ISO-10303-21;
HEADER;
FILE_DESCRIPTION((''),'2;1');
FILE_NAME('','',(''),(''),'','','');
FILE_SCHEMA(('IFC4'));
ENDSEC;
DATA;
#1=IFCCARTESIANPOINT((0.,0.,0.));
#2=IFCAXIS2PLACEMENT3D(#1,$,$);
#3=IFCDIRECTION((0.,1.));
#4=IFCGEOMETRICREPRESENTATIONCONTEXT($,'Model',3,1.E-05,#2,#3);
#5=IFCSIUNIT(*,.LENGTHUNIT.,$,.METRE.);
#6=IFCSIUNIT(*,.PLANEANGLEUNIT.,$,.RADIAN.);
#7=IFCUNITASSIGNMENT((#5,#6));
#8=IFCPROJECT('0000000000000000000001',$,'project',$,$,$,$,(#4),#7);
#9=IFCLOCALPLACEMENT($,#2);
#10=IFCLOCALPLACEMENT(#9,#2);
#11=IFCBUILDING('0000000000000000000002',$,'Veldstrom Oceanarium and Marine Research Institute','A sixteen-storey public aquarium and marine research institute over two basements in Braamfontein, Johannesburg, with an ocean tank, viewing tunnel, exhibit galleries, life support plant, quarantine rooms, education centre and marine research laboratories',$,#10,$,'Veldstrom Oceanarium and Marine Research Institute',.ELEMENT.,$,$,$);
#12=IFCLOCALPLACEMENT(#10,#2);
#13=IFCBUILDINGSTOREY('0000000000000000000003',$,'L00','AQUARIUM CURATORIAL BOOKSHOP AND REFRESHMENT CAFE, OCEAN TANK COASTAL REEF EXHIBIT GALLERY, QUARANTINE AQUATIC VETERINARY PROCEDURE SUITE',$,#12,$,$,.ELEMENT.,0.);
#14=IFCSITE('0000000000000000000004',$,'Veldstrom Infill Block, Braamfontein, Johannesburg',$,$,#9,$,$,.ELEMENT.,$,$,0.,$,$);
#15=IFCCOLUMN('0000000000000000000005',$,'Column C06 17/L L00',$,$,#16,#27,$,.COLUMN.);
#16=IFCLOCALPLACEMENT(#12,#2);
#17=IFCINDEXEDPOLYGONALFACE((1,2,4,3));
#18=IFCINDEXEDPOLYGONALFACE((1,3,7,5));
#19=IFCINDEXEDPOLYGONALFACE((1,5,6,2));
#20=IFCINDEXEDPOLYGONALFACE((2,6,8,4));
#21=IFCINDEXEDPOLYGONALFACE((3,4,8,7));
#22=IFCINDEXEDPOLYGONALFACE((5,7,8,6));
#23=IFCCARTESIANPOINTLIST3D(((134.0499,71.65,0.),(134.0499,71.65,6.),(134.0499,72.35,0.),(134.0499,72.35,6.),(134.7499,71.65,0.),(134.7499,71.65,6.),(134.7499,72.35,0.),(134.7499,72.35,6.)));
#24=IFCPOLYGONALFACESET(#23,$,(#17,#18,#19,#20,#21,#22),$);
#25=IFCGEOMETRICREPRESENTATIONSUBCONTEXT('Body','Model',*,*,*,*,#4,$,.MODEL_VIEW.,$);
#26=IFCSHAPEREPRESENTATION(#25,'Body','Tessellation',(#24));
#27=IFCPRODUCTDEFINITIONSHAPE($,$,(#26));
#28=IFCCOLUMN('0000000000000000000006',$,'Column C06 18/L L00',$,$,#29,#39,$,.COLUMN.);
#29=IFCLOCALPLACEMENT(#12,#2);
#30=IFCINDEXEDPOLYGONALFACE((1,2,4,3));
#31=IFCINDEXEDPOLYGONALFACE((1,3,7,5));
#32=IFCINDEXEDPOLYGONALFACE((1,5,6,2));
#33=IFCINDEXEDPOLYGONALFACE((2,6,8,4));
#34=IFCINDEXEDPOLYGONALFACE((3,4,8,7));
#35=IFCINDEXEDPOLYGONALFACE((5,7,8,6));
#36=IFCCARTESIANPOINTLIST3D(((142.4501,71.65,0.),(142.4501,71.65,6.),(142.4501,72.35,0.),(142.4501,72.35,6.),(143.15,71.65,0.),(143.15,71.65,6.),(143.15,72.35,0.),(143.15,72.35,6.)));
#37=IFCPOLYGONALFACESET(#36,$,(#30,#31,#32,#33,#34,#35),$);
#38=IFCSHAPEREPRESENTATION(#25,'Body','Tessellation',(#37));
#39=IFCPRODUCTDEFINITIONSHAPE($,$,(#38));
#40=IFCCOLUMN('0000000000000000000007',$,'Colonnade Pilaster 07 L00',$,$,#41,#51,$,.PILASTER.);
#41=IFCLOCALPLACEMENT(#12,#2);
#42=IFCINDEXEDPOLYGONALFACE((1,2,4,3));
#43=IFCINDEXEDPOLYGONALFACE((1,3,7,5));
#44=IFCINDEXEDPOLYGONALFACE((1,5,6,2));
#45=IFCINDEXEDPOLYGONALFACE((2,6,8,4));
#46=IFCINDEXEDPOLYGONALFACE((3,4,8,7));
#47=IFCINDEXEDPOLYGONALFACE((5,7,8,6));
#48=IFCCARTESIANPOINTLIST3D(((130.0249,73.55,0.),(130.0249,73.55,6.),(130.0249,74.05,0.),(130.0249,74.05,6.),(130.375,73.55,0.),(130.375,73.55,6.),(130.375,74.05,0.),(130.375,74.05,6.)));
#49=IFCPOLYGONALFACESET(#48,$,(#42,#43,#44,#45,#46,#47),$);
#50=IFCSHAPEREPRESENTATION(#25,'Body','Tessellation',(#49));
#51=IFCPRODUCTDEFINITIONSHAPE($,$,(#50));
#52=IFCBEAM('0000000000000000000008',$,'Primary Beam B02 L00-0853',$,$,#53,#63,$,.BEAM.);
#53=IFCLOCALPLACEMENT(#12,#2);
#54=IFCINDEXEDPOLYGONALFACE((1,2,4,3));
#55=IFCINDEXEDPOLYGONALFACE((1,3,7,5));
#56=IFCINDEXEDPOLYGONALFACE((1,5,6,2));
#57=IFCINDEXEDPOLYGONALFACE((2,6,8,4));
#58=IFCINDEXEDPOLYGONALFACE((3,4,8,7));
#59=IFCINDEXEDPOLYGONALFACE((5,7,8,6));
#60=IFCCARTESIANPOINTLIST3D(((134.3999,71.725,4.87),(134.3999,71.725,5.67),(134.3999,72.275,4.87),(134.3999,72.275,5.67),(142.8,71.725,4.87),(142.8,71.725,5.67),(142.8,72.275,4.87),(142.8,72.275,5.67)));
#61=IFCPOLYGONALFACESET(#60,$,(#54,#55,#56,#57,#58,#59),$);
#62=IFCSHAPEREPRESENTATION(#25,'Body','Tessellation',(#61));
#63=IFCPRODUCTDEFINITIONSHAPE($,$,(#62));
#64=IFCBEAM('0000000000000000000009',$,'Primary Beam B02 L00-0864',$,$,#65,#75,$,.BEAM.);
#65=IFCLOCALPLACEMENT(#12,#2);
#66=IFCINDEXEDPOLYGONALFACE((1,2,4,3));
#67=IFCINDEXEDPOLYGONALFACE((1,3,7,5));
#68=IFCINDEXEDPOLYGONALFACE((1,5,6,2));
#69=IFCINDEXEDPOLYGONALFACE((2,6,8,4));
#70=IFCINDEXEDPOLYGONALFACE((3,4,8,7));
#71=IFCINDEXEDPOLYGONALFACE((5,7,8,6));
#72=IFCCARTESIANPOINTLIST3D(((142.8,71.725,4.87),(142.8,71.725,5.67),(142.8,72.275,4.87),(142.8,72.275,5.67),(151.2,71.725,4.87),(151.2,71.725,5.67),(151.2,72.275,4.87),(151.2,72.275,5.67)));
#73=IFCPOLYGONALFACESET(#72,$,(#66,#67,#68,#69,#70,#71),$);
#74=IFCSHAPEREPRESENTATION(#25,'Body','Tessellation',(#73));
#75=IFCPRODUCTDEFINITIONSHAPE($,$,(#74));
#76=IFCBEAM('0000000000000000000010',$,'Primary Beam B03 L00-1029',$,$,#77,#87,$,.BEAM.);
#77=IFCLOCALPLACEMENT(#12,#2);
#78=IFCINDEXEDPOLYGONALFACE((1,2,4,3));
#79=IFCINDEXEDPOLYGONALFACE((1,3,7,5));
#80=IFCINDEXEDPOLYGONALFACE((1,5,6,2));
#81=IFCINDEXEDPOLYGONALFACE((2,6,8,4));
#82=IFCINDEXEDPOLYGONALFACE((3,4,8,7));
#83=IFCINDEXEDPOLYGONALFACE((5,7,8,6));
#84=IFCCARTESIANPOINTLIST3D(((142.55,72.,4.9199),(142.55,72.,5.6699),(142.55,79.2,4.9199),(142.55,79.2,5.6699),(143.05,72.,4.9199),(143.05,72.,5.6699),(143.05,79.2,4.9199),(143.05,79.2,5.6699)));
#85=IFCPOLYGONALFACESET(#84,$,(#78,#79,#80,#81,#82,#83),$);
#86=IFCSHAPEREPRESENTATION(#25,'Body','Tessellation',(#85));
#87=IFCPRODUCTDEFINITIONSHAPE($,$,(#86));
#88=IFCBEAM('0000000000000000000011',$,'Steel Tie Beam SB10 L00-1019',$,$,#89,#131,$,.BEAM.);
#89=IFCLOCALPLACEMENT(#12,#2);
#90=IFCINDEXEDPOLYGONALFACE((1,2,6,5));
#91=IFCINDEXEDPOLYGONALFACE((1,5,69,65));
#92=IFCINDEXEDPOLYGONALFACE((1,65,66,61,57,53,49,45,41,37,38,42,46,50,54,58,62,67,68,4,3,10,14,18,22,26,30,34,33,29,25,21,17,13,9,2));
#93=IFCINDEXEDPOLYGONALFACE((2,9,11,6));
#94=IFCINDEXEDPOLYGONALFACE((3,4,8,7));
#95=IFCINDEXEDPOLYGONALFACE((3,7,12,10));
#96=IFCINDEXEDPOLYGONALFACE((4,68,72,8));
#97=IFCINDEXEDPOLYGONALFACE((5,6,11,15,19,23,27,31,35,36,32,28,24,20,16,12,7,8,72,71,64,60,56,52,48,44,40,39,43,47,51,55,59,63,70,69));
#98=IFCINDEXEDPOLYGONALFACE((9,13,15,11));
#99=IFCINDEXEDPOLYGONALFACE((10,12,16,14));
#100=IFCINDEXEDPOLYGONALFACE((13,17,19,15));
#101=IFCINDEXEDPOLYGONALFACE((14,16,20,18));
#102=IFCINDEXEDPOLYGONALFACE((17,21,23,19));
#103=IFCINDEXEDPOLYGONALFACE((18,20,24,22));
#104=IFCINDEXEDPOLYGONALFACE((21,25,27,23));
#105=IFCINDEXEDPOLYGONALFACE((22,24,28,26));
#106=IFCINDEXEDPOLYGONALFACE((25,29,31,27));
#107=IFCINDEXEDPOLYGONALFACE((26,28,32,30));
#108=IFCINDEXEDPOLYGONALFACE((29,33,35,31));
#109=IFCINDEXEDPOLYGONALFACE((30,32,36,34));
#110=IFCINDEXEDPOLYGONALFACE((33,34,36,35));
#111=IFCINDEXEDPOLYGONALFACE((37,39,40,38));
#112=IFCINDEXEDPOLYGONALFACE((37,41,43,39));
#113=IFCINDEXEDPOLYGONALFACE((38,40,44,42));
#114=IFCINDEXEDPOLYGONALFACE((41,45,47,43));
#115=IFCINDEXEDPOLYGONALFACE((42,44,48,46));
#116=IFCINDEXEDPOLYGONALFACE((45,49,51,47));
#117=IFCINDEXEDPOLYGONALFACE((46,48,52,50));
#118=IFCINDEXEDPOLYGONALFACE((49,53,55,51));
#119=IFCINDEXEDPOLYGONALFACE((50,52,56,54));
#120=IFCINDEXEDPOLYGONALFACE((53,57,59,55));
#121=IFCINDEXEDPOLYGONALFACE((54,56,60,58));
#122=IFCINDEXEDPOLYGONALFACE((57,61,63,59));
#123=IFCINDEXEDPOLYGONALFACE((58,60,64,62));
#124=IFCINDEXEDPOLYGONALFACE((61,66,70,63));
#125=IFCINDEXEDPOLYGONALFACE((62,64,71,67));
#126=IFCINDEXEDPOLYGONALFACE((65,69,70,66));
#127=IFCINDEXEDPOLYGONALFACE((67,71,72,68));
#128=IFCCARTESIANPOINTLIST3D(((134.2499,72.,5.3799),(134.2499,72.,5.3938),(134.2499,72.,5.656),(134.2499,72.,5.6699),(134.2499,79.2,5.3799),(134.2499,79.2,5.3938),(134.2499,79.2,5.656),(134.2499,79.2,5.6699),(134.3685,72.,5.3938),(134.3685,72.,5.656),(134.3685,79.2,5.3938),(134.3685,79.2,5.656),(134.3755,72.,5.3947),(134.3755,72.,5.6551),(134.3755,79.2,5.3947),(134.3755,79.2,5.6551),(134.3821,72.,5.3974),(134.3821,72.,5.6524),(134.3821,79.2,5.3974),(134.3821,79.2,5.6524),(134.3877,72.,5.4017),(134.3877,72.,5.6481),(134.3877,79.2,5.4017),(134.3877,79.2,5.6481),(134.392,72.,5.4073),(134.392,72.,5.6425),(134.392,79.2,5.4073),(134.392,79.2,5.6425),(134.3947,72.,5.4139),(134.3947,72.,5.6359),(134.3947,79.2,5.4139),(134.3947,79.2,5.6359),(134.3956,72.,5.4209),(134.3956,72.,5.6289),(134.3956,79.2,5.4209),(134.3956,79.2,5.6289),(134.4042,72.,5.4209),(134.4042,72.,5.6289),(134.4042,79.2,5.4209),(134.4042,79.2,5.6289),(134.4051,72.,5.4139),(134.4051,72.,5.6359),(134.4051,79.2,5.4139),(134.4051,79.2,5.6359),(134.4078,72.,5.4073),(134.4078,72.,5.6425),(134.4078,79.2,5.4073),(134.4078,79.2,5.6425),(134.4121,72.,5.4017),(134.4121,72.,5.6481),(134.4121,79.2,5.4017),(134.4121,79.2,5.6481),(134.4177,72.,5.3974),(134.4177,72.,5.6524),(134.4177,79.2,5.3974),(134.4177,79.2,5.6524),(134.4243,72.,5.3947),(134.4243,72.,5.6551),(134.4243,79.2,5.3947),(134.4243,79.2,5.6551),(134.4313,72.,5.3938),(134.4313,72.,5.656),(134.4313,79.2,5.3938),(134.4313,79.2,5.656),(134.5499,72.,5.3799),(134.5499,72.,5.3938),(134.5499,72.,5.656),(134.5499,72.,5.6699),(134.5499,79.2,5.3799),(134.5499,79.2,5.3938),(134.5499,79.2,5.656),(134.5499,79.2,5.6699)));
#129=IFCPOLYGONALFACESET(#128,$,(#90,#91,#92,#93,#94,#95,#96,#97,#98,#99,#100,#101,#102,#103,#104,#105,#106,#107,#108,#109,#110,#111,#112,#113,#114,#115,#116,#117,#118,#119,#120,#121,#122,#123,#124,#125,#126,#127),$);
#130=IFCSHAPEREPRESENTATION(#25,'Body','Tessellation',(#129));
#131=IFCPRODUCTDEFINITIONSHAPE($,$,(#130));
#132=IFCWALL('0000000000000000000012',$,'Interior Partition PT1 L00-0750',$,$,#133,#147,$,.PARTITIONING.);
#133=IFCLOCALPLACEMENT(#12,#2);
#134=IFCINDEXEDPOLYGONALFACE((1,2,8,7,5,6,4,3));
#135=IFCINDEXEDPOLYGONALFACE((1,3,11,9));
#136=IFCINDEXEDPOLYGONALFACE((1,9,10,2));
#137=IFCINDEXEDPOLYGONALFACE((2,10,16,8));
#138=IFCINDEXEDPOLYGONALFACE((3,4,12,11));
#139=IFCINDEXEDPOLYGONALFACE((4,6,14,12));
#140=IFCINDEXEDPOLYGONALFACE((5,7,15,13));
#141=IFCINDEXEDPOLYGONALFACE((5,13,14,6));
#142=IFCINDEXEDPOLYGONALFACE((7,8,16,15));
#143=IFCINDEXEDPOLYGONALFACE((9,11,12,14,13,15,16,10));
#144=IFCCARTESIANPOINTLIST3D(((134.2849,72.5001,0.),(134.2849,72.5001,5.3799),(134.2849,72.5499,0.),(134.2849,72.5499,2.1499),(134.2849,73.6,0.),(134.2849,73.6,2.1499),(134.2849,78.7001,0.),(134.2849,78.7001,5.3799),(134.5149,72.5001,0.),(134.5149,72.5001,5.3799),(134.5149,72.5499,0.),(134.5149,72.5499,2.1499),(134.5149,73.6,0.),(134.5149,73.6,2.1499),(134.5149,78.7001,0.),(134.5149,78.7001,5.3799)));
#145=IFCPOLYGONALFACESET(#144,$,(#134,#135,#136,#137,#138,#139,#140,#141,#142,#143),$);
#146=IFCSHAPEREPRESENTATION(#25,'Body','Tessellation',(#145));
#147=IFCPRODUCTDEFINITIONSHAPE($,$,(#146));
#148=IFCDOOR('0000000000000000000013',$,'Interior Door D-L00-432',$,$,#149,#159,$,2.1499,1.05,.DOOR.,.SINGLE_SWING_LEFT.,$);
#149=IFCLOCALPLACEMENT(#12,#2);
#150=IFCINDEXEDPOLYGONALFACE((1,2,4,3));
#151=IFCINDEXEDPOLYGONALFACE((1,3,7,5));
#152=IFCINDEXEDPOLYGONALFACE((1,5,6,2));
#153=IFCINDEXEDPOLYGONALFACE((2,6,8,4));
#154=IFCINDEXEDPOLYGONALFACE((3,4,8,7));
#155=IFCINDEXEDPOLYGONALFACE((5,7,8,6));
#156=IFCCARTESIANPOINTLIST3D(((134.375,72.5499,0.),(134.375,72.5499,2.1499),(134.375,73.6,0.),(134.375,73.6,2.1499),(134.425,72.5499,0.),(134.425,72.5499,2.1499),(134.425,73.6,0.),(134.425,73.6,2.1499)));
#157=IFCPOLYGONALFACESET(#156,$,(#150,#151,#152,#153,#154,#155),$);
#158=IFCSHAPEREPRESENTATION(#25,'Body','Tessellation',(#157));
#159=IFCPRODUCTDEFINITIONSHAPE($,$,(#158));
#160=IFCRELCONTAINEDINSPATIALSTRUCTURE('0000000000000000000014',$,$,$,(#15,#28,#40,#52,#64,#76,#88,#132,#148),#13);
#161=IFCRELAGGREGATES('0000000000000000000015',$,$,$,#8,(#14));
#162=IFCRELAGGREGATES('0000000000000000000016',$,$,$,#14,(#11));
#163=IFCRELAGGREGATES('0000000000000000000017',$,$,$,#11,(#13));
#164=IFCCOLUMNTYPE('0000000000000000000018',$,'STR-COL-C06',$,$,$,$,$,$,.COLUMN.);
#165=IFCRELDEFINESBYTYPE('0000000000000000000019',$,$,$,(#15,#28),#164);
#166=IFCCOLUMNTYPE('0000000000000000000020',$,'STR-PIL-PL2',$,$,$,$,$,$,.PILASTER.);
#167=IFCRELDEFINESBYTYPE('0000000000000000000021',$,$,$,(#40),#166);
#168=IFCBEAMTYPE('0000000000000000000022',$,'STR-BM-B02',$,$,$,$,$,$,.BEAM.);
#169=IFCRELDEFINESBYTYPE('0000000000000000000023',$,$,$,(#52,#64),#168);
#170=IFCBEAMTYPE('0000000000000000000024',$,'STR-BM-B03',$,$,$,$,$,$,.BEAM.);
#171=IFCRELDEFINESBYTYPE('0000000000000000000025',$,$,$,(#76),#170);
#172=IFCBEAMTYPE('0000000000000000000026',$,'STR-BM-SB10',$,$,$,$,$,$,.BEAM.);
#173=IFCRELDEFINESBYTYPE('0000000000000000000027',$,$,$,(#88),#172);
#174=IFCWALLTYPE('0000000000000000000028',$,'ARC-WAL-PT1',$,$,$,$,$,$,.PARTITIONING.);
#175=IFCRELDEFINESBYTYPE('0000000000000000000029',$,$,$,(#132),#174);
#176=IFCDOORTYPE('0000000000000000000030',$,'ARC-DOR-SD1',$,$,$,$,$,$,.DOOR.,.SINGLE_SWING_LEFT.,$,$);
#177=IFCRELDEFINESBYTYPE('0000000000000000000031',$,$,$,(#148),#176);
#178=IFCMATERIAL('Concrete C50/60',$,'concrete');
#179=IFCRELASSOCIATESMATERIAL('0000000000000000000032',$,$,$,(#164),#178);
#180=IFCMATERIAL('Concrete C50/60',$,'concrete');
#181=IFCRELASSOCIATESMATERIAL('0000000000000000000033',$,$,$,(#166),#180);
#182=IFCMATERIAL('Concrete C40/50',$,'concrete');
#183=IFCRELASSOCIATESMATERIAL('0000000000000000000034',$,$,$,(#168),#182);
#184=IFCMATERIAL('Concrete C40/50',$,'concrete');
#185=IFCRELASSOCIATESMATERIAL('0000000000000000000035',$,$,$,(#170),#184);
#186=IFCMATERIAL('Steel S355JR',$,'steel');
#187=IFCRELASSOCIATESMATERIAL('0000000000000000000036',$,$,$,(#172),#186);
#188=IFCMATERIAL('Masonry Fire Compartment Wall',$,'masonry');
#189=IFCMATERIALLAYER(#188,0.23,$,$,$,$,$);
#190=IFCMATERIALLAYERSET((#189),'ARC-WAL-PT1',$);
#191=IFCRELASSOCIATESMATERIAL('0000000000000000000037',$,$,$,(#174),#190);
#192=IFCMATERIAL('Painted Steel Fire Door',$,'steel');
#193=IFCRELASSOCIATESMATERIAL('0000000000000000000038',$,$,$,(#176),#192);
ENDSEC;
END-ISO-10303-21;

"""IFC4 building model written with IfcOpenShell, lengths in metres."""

from ifc_helpers import new_model, si_unit, direction, frame, frame_2d, origin, origin_2d, place, context, subcontext, project, spatial, rectangle, i_section, extrude, material, layer, layer_set, material_profile, profile_set, type_object, element, fill, save


model = new_model("IFC4")

# Units and contexts
model_context = context("Model", 3, precision=1e-05, world=origin(), true_north=direction((0.0, 1.0)))
body_context = subcontext(model_context, "Body", "Model", "MODEL_VIEW")
ifc_project = project(units=[si_unit("LENGTHUNIT", "METRE"), si_unit("PLANEANGLEUNIT", "RADIAN")], contexts=[model_context])

# Site, building, storey
site_placement = place(None, origin())
site = spatial("IfcSite", under=ifc_project, at=site_placement, Name="Veldstrom Infill Block, Braamfontein, Johannesburg", CompositionType="ELEMENT", RefElevation=0.0)
building_placement = place(site_placement, origin())
building = spatial("IfcBuilding", under=site, at=building_placement, Name="Veldstrom Oceanarium and Marine Research Institute", Description="A sixteen-storey public aquarium and marine research institute over two basements in Braamfontein, Johannesburg, with an ocean tank, viewing tunnel, exhibit galleries, life support plant, quarantine rooms, education centre and marine research laboratories", LongName="Veldstrom Oceanarium and Marine Research Institute", CompositionType="ELEMENT")
storey_placement = place(building_placement, origin())
storey = spatial("IfcBuildingStorey", under=building, at=storey_placement, Name="L00", Description="AQUARIUM CURATORIAL BOOKSHOP AND REFRESHMENT CAFE, OCEAN TANK COASTAL REEF EXHIBIT GALLERY, QUARANTINE AQUATIC VETERINARY PROCEDURE SUITE", CompositionType="ELEMENT", Elevation=0.0)

# Columns
ifc_material_1 = material(Name="Concrete C50/60", Category="concrete")
ifc_material_profile_1 = material_profile(ifc_material_1, rectangle(XDim=0.7, YDim=0.7, at=origin_2d()), Name="RC-COL-700x700")
ifc_profile_set_1 = profile_set([ifc_material_profile_1], Name="Concrete C50/60")
column_type_1 = type_object("IfcColumnType", Name="STR-COL-C06", PredefinedType="COLUMN", material=ifc_profile_set_1)
for number, where, z_axis, x_axis, name in (
    (1, (134.3999, 72.0, 0.0), (0.0, 0.0, 1.0), (1.0, 0.0, 0.0), "Column C06 17/L L00"),
    (2, (142.8, 72.0, 0.0), (0.0, 0.0, 1.0), (1.0, 0.0, 0.0), "Column C06 18/L L00"),
):
    element("IfcColumn", number, at=place(storey_placement, frame(where, z_axis=z_axis, x_axis=x_axis)), inside=storey, type_object=column_type_1, Name=name, PredefinedType="COLUMN", context=body_context, shape_type="SweptSolid", body=[
        extrude(rectangle(XDim=0.7, YDim=0.7, at=origin_2d()), origin(), (0.0, 0.0, 1.0), 6.0),
    ])
ifc_material_2 = material(Name="Concrete C50/60", Category="concrete")
ifc_material_profile_2 = material_profile(ifc_material_2, rectangle(XDim=0.3501, YDim=0.5, at=origin_2d()), Name="RC-PIL-500x350")
ifc_profile_set_2 = profile_set([ifc_material_profile_2], Name="Concrete C50/60")
column_type_2 = type_object("IfcColumnType", Name="STR-PIL-PL2", PredefinedType="PILASTER", material=ifc_profile_set_2)
column_placement = place(storey_placement, frame((130.2, 73.8, 0.0), z_axis=(0.0, 0.0, 1.0), x_axis=(1.0, 0.0, 0.0)))
element("IfcColumn", 3, at=column_placement, inside=storey, type_object=column_type_2, Name="Colonnade Pilaster 07 L00", PredefinedType="PILASTER", context=body_context, shape_type="SweptSolid", body=[
    extrude(rectangle(XDim=0.3501, YDim=0.5, at=origin_2d()), origin(), (0.0, 0.0, 1.0), 6.0),
])

# Beams
ifc_material_3 = material(Name="Concrete C40/50", Category="concrete")
ifc_material_profile_3 = material_profile(ifc_material_3, rectangle(XDim=0.55, YDim=0.8, at=origin_2d()), Name="RC-BM-550x800")
ifc_profile_set_3 = profile_set([ifc_material_profile_3], Name="Concrete C40/50")
beam_type_1 = type_object("IfcBeamType", Name="STR-BM-B02", PredefinedType="BEAM", material=ifc_profile_set_3)
beam_1_placement = place(storey_placement, frame((134.3999, 72.0, 5.27), z_axis=(1.0, 0.0, 0.0), x_axis=(0.0, 1.0, 0.0)))
element("IfcBeam", 4, at=beam_1_placement, inside=storey, type_object=beam_type_1, Name="Primary Beam B02 L00-0853", PredefinedType="BEAM", context=body_context, shape_type="SweptSolid", body=[
    extrude(rectangle(XDim=0.55, YDim=0.8, at=origin_2d()), origin(), (0.0, 0.0, 1.0), 8.4001),
])
beam_2_placement = place(storey_placement, frame((142.8, 72.0, 5.27), z_axis=(1.0, 0.0, 0.0), x_axis=(0.0, 1.0, 0.0)))
element("IfcBeam", 5, at=beam_2_placement, inside=storey, type_object=beam_type_1, Name="Primary Beam B02 L00-0864", PredefinedType="BEAM", context=body_context, shape_type="SweptSolid", body=[
    extrude(rectangle(XDim=0.55, YDim=0.8, at=origin_2d()), origin(), (0.0, 0.0, 1.0), 8.3999),
])
ifc_material_4 = material(Name="Concrete C40/50", Category="concrete")
ifc_material_profile_4 = material_profile(ifc_material_4, rectangle(XDim=0.5, YDim=0.75, at=origin_2d()), Name="RC-BM-500x750")
ifc_profile_set_4 = profile_set([ifc_material_profile_4], Name="Concrete C40/50")
beam_type_2 = type_object("IfcBeamType", Name="STR-BM-B03", PredefinedType="BEAM", material=ifc_profile_set_4)
beam_3_placement = place(storey_placement, frame((142.8, 72.0, 5.2949), z_axis=(0.0, 1.0, 0.0), x_axis=(-1.0, 0.0, 0.0)))
element("IfcBeam", 6, at=beam_3_placement, inside=storey, type_object=beam_type_2, Name="Primary Beam B03 L00-1029", PredefinedType="BEAM", context=body_context, shape_type="SweptSolid", body=[
    extrude(rectangle(XDim=0.5, YDim=0.75, at=origin_2d()), origin(), (0.0, 0.0, 1.0), 7.2),
])
ifc_material_5 = material(Name="Steel S355JR", Category="steel")
ifc_material_profile_5 = material_profile(ifc_material_5, i_section(OverallWidth=0.3, OverallDepth=0.29, WebThickness=0.0085, FlangeThickness=0.0139, FilletRadius=0.0271, at=origin_2d()), Name="HEA 300")
ifc_profile_set_5 = profile_set([ifc_material_profile_5], Name="Steel S355JR")
beam_type_3 = type_object("IfcBeamType", Name="STR-BM-SB10", PredefinedType="BEAM", material=ifc_profile_set_5)
beam_4_placement = place(storey_placement, frame((134.3999, 72.0, 5.5249), z_axis=(0.0, 1.0, 0.0), x_axis=(-1.0, 0.0, 0.0)))
element("IfcBeam", 7, at=beam_4_placement, inside=storey, type_object=beam_type_3, Name="Steel Tie Beam SB10 L00-1019", PredefinedType="BEAM", context=body_context, shape_type="SweptSolid", body=[
    extrude(i_section(OverallWidth=0.3, OverallDepth=0.29, WebThickness=0.0085, FlangeThickness=0.0139, FilletRadius=0.0271, at=origin_2d()), origin(), (0.0, 0.0, 1.0), 7.2),
])

# Wall, opening, door
ifc_material_6 = material(Name="Masonry Fire Compartment Wall", Category="masonry")
ifc_layer_1 = layer(ifc_material_6, 0.23)
ifc_layer_set_1 = layer_set([ifc_layer_1], Name="ARC-WAL-PT1")
wall_type_1 = type_object("IfcWallType", Name="ARC-WAL-PT1", PredefinedType="PARTITIONING", material=ifc_layer_set_1)
wall_1_placement = place(storey_placement, frame((134.3999, 72.5, 0.0), z_axis=(0.0, 0.0, 1.0), x_axis=(0.0, 1.0, 0.0)))
wall_1 = element("IfcWall", 8, at=wall_1_placement, inside=storey, type_object=wall_type_1, Name="Interior Partition PT1 L00-0750", PredefinedType="PARTITIONING", context=body_context, shape_type="SweptSolid", body=[
    extrude(rectangle(XDim=6.2, YDim=0.23, at=frame_2d((3.1001, 0.0))), origin(), (0.0, 0.0, 1.0), 5.3799),
])
opening_1_placement = place(wall_1_placement, frame((0.05, 0.0, 0.0)))
opening_1 = element("IfcOpeningElement", 9, at=opening_1_placement, cuts=wall_1, PredefinedType="OPENING", context=body_context, shape_type="SweptSolid", body=[
    extrude(rectangle(XDim=1.05, YDim=2.1499, at=frame_2d((0.5249, 1.075))), frame((0.0, 0.125, 0.0), z_axis=(0.0, -1.0, 0.0), x_axis=(1.0, 0.0, 0.0)), (0.0, 0.0, 1.0), 0.25),
])
ifc_material_7 = material(Name="Painted Steel Fire Door", Category="steel")
door_type_1 = type_object("IfcDoorType", Name="ARC-DOR-SD1", OperationType="SINGLE_SWING_LEFT", PredefinedType="DOOR", material=ifc_material_7)
door_1_placement = place(opening_1_placement, origin())
door_1 = element("IfcDoor", 10, at=door_1_placement, inside=storey, type_object=door_type_1, Name="Interior Door D-L00-432", OperationType="SINGLE_SWING_LEFT", OverallHeight=2.1499, OverallWidth=1.05, PredefinedType="DOOR", context=body_context, shape_type="SweptSolid", body=[
    extrude(rectangle(XDim=1.05, YDim=2.1499, at=frame_2d((0.5249, 1.075))), frame((0.0, 0.0249, 0.0), z_axis=(0.0, -1.0, 0.0), x_axis=(1.0, 0.0, 0.0)), (0.0, 0.0, 1.0), 0.05),
])
fill(opening_1, door_1)

save(model, "model.ifc")
